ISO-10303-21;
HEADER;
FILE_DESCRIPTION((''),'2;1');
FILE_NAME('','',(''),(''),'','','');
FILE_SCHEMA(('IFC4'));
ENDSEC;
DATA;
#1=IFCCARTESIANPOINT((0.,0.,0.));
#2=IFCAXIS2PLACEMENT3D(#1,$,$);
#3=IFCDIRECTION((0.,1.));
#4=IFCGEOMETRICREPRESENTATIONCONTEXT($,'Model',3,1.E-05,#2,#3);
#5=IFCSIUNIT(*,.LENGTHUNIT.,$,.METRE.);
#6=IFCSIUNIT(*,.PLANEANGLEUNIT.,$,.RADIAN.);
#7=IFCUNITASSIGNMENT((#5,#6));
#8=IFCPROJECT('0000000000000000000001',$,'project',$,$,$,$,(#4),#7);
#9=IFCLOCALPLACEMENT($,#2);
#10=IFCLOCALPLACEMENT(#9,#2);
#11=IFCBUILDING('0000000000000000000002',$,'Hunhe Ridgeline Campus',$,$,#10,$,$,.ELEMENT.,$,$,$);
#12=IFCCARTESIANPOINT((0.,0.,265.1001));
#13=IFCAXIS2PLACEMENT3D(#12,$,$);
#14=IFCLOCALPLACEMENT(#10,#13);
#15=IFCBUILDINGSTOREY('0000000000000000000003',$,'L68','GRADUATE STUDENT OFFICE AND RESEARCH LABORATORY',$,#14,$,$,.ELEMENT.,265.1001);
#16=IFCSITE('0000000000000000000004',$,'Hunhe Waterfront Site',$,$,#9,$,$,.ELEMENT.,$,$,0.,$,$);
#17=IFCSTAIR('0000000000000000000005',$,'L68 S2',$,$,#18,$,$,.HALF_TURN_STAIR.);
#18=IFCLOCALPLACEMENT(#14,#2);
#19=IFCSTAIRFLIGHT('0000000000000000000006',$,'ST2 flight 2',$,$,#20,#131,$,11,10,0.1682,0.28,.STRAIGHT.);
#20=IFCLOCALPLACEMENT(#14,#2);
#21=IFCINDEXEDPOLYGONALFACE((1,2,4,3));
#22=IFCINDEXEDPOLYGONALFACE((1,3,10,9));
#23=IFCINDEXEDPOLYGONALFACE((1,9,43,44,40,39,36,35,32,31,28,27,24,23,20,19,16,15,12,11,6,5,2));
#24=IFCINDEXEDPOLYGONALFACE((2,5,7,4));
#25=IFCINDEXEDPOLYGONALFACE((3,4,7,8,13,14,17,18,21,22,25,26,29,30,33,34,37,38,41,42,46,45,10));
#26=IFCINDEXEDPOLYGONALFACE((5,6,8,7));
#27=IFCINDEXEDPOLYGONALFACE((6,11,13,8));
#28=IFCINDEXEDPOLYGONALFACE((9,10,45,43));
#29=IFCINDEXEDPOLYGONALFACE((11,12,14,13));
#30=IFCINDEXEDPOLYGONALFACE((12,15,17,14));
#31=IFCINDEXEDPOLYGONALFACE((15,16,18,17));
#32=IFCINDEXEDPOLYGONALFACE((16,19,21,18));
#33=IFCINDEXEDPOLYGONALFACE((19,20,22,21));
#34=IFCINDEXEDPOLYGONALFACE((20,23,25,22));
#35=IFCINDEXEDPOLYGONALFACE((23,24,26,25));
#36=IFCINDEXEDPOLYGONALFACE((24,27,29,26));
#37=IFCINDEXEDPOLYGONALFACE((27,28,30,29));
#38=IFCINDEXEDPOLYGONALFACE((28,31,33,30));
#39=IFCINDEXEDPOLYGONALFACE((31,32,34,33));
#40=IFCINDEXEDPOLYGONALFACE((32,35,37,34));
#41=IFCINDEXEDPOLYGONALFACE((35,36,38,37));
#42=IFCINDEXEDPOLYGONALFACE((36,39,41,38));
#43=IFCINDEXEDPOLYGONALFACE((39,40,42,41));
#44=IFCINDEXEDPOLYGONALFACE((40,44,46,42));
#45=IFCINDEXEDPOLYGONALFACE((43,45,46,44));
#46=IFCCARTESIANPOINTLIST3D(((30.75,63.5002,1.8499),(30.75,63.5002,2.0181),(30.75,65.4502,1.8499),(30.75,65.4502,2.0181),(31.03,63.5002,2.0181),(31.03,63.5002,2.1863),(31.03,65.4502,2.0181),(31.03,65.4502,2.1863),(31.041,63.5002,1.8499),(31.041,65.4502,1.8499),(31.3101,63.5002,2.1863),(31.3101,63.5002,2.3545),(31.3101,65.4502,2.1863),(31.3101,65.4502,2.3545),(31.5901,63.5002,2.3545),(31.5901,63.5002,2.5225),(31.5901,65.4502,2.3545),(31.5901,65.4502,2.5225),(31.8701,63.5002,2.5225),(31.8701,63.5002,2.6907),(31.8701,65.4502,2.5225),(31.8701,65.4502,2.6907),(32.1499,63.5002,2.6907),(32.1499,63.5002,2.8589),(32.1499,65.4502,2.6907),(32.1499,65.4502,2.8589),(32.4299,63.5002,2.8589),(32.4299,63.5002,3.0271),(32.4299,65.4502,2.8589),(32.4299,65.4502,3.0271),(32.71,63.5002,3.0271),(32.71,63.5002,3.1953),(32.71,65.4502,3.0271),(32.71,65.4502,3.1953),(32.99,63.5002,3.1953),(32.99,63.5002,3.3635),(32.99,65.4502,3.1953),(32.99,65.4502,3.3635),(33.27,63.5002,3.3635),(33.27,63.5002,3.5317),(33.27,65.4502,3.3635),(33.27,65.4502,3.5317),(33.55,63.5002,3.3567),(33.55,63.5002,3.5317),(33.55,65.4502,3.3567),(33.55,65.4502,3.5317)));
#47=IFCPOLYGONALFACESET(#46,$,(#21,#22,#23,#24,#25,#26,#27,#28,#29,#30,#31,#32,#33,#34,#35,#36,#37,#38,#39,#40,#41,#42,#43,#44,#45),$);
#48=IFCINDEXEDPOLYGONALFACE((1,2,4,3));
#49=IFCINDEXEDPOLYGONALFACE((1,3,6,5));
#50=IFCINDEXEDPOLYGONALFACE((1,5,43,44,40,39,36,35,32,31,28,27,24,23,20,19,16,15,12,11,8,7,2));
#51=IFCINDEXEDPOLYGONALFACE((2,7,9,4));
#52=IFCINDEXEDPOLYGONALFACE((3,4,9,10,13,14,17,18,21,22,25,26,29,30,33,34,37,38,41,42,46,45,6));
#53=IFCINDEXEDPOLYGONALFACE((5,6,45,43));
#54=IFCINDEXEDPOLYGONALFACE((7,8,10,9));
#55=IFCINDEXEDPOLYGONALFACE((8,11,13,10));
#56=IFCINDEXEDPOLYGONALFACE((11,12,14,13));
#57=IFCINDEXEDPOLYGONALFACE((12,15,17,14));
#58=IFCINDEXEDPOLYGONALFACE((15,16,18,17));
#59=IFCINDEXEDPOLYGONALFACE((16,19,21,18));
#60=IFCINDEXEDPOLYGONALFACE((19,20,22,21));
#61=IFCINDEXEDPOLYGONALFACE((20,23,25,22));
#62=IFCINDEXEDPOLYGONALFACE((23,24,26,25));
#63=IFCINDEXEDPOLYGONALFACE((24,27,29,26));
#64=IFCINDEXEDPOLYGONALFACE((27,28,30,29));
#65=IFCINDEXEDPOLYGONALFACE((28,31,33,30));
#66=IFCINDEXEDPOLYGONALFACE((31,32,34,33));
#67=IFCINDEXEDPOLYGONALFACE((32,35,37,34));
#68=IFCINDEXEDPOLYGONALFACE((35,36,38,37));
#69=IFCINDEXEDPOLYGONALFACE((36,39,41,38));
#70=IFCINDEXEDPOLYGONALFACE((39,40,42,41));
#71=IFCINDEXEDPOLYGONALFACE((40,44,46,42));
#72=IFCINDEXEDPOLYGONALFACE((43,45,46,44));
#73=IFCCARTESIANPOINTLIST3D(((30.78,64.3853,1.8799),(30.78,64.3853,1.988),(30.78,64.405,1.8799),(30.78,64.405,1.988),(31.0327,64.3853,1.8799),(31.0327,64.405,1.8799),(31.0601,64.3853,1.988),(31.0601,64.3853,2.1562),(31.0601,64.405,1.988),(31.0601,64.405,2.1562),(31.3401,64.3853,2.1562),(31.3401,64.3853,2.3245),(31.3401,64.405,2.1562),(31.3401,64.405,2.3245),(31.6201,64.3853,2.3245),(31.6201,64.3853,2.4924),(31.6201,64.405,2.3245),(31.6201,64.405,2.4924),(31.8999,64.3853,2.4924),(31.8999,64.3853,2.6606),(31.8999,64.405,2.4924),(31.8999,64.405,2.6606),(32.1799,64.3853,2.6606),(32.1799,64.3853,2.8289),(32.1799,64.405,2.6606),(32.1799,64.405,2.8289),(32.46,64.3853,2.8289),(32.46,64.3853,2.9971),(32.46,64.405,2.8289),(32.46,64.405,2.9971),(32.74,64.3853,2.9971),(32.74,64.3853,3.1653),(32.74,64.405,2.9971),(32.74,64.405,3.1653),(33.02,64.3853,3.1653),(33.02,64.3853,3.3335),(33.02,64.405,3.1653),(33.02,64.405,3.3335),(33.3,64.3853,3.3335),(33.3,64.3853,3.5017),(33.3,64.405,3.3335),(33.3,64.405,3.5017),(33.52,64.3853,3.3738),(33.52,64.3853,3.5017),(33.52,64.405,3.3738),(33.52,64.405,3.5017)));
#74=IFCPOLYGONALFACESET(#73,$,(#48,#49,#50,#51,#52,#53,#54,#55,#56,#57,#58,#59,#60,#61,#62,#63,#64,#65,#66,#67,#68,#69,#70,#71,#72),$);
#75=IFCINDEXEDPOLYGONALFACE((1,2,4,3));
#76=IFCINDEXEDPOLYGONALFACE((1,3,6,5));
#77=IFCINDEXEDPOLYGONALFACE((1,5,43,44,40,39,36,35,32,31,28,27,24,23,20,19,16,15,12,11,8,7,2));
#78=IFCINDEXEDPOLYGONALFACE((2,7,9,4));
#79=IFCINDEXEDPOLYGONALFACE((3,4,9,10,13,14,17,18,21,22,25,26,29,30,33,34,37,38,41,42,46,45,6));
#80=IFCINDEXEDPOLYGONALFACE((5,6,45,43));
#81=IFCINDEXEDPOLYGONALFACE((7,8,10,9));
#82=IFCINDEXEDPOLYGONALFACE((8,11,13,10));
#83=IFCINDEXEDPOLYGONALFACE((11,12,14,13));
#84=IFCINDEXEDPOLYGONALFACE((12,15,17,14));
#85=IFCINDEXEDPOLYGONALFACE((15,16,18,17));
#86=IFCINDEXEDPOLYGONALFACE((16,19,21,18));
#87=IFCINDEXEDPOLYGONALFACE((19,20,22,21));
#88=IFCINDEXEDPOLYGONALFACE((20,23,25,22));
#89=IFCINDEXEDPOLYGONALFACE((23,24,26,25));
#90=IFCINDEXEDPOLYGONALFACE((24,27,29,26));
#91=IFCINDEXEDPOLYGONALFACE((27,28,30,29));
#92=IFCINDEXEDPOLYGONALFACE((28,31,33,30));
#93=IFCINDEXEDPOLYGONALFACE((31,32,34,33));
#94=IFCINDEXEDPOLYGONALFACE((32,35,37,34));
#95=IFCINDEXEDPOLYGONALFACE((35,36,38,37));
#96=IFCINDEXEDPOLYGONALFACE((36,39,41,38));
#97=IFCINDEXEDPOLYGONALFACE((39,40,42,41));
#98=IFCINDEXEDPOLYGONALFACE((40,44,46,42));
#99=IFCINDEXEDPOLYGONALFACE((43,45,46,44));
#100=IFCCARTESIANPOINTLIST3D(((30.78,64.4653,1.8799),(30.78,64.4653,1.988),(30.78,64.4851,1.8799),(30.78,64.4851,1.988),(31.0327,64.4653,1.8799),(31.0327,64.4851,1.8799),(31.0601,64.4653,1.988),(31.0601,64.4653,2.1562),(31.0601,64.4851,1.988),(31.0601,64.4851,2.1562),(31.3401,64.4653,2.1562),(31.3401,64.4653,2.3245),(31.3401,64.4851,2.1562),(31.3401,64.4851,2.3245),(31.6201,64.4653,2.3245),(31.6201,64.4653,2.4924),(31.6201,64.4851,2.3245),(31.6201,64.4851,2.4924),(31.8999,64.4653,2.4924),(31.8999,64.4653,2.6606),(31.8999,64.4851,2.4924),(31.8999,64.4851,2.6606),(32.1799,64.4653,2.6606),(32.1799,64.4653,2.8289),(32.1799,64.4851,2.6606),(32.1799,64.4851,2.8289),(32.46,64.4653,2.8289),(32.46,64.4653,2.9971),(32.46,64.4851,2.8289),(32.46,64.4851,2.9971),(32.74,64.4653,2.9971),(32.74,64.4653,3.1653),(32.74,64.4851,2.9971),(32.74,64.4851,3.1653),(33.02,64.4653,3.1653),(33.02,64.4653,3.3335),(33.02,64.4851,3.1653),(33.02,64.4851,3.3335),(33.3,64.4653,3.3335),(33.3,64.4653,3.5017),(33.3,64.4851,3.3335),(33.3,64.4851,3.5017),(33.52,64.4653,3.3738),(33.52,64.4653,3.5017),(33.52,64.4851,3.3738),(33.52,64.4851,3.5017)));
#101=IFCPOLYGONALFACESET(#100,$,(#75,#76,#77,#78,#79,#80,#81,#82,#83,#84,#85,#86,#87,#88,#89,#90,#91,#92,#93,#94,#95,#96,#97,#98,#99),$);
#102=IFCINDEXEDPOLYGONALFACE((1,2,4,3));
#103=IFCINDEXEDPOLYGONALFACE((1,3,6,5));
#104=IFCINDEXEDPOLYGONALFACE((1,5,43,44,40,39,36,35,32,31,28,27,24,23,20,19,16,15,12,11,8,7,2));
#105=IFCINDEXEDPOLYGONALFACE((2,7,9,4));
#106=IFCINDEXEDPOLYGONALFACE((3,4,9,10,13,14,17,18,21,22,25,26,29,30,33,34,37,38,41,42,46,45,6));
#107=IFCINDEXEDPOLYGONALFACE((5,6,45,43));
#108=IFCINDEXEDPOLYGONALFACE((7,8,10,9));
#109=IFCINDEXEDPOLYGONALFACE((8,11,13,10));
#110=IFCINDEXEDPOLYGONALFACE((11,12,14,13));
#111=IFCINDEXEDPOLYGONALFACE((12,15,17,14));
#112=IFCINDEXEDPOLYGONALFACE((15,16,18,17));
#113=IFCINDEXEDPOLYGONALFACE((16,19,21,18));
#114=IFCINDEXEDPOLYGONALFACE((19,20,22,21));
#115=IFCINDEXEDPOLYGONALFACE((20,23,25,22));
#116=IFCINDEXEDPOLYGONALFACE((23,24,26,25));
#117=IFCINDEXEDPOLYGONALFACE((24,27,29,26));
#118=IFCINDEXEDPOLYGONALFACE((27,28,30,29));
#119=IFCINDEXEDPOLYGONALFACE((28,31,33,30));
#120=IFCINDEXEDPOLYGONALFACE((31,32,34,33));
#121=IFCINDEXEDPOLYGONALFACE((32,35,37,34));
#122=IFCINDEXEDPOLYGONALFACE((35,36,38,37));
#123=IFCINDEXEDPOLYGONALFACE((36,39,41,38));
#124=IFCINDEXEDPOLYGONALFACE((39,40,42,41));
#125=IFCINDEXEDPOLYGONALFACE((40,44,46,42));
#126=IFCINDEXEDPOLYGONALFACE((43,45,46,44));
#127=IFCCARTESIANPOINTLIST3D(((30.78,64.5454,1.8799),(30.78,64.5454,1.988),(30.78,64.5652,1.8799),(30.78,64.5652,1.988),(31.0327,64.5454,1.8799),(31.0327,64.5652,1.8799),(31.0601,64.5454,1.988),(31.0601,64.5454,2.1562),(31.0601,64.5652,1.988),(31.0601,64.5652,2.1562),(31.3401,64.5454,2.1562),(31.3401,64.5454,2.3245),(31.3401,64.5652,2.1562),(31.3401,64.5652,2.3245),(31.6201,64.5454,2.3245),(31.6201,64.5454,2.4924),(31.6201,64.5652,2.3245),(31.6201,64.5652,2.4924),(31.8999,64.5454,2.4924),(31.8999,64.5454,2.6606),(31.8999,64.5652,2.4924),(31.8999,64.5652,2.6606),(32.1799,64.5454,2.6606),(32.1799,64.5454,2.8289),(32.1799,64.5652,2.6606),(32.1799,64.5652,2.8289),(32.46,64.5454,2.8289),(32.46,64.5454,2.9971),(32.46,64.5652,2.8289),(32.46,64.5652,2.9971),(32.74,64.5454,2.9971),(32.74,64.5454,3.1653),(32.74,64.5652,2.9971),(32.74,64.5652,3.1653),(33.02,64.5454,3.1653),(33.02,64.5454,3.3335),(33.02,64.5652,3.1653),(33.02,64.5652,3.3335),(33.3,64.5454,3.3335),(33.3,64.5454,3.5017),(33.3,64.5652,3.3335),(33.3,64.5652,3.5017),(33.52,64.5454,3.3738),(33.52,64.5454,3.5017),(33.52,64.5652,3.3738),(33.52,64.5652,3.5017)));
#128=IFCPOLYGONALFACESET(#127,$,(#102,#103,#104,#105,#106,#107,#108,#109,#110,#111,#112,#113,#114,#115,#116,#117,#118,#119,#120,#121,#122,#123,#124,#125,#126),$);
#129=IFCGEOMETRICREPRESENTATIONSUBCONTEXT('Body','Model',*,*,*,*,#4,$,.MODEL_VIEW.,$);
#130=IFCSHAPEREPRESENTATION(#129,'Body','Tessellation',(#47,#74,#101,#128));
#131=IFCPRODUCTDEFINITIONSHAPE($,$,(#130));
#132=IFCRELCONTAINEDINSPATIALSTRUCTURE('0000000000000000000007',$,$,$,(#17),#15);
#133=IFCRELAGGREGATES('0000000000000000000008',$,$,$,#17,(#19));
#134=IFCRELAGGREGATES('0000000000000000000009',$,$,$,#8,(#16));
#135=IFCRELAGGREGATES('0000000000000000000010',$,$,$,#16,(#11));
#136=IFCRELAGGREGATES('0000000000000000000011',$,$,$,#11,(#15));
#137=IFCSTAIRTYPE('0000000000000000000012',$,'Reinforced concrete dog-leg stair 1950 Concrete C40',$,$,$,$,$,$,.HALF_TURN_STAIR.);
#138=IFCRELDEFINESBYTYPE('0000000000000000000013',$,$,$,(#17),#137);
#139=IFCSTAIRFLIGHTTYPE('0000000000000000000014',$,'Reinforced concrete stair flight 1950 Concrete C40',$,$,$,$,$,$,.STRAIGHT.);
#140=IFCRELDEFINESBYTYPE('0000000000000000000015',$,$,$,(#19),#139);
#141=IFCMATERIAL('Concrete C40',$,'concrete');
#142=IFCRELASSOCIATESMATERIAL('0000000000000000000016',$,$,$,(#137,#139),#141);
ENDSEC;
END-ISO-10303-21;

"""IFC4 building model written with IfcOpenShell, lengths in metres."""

from ifc_helpers import new_model, si_unit, direction, frame, origin, place, context, subcontext, project, spatial, polyline, outline, extrude, material, type_object, element, aggregate, save


model = new_model("IFC4")

# Units and contexts
model_context = context("Model", 3, precision=1e-05, world=origin(), true_north=direction((0.0, 1.0)))
body_context = subcontext(model_context, "Body", "Model", "MODEL_VIEW")
ifc_project = project(units=[si_unit("LENGTHUNIT", "METRE"), si_unit("PLANEANGLEUNIT", "RADIAN")], contexts=[model_context])

# Site, building, storey
site_placement = place(None, origin())
site = spatial("IfcSite", under=ifc_project, at=site_placement, Name="Hunhe Waterfront Site", CompositionType="ELEMENT", RefElevation=0.0)
building_placement = place(site_placement, origin())
building = spatial("IfcBuilding", under=site, at=building_placement, Name="Hunhe Ridgeline Campus", CompositionType="ELEMENT")
storey_placement = place(building_placement, frame((0.0, 0.0, 265.1001)))
storey = spatial("IfcBuildingStorey", under=building, at=storey_placement, Name="L68", Description="GRADUATE STUDENT OFFICE AND RESEARCH LABORATORY", CompositionType="ELEMENT", Elevation=265.1001)

# Stair, stair flight
ifc_material_1 = material(Name="Concrete C40", Category="concrete")
stair_type = type_object("IfcStairType", Name="Reinforced concrete dog-leg stair 1950 Concrete C40", PredefinedType="HALF_TURN_STAIR", material=ifc_material_1)
stair_placement = place(storey_placement, origin())
stair = element("IfcStair", 1, at=stair_placement, inside=storey, type_object=stair_type, Name="L68 S2", PredefinedType="HALF_TURN_STAIR")
stair_flight_type = type_object("IfcStairFlightType", Name="Reinforced concrete stair flight 1950 Concrete C40", PredefinedType="STRAIGHT", material=ifc_material_1)
stair_flight_1_placement = place(storey_placement, frame((30.75, 64.4751, 1.8499), z_axis=(0.0, 0.0, 1.0), x_axis=(1.0, 0.0, 0.0)))
stair_flight_1 = element("IfcStairFlight", 2, at=stair_flight_1_placement, type_object=stair_flight_type, Name="ST2 flight 2", NumberOfRisers=11, NumberOfTreads=10, PredefinedType="STRAIGHT", RiserHeight=0.1682, TreadLength=0.28, context=body_context, shape_type="SweptSolid", body=[
    extrude(outline(polyline([(0.0, 0.0), (0.0, 0.1682), (0.28, 0.1682), (0.28, 0.3364), (0.5601, 0.3364), (0.5601, 0.5046), (0.8401, 0.5046), (0.8401, 0.6726), (1.1201, 0.6726), (1.1201, 0.8408), (1.3999, 0.8408), (1.3999, 1.009), (1.6799, 1.009), (1.6799, 1.1772), (1.96, 1.1772), (1.96, 1.3455), (2.24, 1.3455), (2.24, 1.5137), (2.52, 1.5137), (2.52, 1.6819), (2.8, 1.6819), (2.8, 1.8501), (2.8, 1.5068), (0.291, 0.0), (0.0, 0.0)])), frame((0.0, 0.9751, 0.0), z_axis=(0.0, -1.0, 0.0), x_axis=(1.0, 0.0, 0.0)), (0.0, 0.0, 1.0), 1.95),
    extrude(outline(polyline([(0.03, 0.03), (0.03, 0.1382), (0.3101, 0.1382), (0.3101, 0.3064), (0.5901, 0.3064), (0.5901, 0.4746), (0.8701, 0.4746), (0.8701, 0.6426), (1.1499, 0.6426), (1.1499, 0.8108), (1.4299, 0.8108), (1.4299, 0.979), (1.71, 0.979), (1.71, 1.1472), (1.99, 1.1472), (1.99, 1.3154), (2.27, 1.3154), (2.27, 1.4836), (2.55, 1.4836), (2.55, 1.6519), (2.77, 1.6519), (2.77, 1.5239), (0.2827, 0.03), (0.03, 0.03)])), frame((0.0, -0.0701, 0.0), z_axis=(0.0, -1.0, 0.0), x_axis=(1.0, 0.0, 0.0)), (0.0, 0.0, 1.0), 0.0198),
    extrude(outline(polyline([(0.03, 0.03), (0.03, 0.1382), (0.3101, 0.1382), (0.3101, 0.3064), (0.5901, 0.3064), (0.5901, 0.4746), (0.8701, 0.4746), (0.8701, 0.6426), (1.1499, 0.6426), (1.1499, 0.8108), (1.4299, 0.8108), (1.4299, 0.979), (1.71, 0.979), (1.71, 1.1472), (1.99, 1.1472), (1.99, 1.3154), (2.27, 1.3154), (2.27, 1.4836), (2.55, 1.4836), (2.55, 1.6519), (2.77, 1.6519), (2.77, 1.5239), (0.2827, 0.03), (0.03, 0.03)])), frame((0.0, 0.01, 0.0), z_axis=(0.0, -1.0, 0.0), x_axis=(1.0, 0.0, 0.0)), (0.0, 0.0, 1.0), 0.0198),
    extrude(outline(polyline([(0.03, 0.03), (0.03, 0.1382), (0.3101, 0.1382), (0.3101, 0.3064), (0.5901, 0.3064), (0.5901, 0.4746), (0.8701, 0.4746), (0.8701, 0.6426), (1.1499, 0.6426), (1.1499, 0.8108), (1.4299, 0.8108), (1.4299, 0.979), (1.71, 0.979), (1.71, 1.1472), (1.99, 1.1472), (1.99, 1.3154), (2.27, 1.3154), (2.27, 1.4836), (2.55, 1.4836), (2.55, 1.6519), (2.77, 1.6519), (2.77, 1.5239), (0.2827, 0.03), (0.03, 0.03)])), frame((0.0, 0.0901, 0.0), z_axis=(0.0, -1.0, 0.0), x_axis=(1.0, 0.0, 0.0)), (0.0, 0.0, 1.0), 0.0198),
])
aggregate(stair, [stair_flight_1])

save(model, "model.ifc")
